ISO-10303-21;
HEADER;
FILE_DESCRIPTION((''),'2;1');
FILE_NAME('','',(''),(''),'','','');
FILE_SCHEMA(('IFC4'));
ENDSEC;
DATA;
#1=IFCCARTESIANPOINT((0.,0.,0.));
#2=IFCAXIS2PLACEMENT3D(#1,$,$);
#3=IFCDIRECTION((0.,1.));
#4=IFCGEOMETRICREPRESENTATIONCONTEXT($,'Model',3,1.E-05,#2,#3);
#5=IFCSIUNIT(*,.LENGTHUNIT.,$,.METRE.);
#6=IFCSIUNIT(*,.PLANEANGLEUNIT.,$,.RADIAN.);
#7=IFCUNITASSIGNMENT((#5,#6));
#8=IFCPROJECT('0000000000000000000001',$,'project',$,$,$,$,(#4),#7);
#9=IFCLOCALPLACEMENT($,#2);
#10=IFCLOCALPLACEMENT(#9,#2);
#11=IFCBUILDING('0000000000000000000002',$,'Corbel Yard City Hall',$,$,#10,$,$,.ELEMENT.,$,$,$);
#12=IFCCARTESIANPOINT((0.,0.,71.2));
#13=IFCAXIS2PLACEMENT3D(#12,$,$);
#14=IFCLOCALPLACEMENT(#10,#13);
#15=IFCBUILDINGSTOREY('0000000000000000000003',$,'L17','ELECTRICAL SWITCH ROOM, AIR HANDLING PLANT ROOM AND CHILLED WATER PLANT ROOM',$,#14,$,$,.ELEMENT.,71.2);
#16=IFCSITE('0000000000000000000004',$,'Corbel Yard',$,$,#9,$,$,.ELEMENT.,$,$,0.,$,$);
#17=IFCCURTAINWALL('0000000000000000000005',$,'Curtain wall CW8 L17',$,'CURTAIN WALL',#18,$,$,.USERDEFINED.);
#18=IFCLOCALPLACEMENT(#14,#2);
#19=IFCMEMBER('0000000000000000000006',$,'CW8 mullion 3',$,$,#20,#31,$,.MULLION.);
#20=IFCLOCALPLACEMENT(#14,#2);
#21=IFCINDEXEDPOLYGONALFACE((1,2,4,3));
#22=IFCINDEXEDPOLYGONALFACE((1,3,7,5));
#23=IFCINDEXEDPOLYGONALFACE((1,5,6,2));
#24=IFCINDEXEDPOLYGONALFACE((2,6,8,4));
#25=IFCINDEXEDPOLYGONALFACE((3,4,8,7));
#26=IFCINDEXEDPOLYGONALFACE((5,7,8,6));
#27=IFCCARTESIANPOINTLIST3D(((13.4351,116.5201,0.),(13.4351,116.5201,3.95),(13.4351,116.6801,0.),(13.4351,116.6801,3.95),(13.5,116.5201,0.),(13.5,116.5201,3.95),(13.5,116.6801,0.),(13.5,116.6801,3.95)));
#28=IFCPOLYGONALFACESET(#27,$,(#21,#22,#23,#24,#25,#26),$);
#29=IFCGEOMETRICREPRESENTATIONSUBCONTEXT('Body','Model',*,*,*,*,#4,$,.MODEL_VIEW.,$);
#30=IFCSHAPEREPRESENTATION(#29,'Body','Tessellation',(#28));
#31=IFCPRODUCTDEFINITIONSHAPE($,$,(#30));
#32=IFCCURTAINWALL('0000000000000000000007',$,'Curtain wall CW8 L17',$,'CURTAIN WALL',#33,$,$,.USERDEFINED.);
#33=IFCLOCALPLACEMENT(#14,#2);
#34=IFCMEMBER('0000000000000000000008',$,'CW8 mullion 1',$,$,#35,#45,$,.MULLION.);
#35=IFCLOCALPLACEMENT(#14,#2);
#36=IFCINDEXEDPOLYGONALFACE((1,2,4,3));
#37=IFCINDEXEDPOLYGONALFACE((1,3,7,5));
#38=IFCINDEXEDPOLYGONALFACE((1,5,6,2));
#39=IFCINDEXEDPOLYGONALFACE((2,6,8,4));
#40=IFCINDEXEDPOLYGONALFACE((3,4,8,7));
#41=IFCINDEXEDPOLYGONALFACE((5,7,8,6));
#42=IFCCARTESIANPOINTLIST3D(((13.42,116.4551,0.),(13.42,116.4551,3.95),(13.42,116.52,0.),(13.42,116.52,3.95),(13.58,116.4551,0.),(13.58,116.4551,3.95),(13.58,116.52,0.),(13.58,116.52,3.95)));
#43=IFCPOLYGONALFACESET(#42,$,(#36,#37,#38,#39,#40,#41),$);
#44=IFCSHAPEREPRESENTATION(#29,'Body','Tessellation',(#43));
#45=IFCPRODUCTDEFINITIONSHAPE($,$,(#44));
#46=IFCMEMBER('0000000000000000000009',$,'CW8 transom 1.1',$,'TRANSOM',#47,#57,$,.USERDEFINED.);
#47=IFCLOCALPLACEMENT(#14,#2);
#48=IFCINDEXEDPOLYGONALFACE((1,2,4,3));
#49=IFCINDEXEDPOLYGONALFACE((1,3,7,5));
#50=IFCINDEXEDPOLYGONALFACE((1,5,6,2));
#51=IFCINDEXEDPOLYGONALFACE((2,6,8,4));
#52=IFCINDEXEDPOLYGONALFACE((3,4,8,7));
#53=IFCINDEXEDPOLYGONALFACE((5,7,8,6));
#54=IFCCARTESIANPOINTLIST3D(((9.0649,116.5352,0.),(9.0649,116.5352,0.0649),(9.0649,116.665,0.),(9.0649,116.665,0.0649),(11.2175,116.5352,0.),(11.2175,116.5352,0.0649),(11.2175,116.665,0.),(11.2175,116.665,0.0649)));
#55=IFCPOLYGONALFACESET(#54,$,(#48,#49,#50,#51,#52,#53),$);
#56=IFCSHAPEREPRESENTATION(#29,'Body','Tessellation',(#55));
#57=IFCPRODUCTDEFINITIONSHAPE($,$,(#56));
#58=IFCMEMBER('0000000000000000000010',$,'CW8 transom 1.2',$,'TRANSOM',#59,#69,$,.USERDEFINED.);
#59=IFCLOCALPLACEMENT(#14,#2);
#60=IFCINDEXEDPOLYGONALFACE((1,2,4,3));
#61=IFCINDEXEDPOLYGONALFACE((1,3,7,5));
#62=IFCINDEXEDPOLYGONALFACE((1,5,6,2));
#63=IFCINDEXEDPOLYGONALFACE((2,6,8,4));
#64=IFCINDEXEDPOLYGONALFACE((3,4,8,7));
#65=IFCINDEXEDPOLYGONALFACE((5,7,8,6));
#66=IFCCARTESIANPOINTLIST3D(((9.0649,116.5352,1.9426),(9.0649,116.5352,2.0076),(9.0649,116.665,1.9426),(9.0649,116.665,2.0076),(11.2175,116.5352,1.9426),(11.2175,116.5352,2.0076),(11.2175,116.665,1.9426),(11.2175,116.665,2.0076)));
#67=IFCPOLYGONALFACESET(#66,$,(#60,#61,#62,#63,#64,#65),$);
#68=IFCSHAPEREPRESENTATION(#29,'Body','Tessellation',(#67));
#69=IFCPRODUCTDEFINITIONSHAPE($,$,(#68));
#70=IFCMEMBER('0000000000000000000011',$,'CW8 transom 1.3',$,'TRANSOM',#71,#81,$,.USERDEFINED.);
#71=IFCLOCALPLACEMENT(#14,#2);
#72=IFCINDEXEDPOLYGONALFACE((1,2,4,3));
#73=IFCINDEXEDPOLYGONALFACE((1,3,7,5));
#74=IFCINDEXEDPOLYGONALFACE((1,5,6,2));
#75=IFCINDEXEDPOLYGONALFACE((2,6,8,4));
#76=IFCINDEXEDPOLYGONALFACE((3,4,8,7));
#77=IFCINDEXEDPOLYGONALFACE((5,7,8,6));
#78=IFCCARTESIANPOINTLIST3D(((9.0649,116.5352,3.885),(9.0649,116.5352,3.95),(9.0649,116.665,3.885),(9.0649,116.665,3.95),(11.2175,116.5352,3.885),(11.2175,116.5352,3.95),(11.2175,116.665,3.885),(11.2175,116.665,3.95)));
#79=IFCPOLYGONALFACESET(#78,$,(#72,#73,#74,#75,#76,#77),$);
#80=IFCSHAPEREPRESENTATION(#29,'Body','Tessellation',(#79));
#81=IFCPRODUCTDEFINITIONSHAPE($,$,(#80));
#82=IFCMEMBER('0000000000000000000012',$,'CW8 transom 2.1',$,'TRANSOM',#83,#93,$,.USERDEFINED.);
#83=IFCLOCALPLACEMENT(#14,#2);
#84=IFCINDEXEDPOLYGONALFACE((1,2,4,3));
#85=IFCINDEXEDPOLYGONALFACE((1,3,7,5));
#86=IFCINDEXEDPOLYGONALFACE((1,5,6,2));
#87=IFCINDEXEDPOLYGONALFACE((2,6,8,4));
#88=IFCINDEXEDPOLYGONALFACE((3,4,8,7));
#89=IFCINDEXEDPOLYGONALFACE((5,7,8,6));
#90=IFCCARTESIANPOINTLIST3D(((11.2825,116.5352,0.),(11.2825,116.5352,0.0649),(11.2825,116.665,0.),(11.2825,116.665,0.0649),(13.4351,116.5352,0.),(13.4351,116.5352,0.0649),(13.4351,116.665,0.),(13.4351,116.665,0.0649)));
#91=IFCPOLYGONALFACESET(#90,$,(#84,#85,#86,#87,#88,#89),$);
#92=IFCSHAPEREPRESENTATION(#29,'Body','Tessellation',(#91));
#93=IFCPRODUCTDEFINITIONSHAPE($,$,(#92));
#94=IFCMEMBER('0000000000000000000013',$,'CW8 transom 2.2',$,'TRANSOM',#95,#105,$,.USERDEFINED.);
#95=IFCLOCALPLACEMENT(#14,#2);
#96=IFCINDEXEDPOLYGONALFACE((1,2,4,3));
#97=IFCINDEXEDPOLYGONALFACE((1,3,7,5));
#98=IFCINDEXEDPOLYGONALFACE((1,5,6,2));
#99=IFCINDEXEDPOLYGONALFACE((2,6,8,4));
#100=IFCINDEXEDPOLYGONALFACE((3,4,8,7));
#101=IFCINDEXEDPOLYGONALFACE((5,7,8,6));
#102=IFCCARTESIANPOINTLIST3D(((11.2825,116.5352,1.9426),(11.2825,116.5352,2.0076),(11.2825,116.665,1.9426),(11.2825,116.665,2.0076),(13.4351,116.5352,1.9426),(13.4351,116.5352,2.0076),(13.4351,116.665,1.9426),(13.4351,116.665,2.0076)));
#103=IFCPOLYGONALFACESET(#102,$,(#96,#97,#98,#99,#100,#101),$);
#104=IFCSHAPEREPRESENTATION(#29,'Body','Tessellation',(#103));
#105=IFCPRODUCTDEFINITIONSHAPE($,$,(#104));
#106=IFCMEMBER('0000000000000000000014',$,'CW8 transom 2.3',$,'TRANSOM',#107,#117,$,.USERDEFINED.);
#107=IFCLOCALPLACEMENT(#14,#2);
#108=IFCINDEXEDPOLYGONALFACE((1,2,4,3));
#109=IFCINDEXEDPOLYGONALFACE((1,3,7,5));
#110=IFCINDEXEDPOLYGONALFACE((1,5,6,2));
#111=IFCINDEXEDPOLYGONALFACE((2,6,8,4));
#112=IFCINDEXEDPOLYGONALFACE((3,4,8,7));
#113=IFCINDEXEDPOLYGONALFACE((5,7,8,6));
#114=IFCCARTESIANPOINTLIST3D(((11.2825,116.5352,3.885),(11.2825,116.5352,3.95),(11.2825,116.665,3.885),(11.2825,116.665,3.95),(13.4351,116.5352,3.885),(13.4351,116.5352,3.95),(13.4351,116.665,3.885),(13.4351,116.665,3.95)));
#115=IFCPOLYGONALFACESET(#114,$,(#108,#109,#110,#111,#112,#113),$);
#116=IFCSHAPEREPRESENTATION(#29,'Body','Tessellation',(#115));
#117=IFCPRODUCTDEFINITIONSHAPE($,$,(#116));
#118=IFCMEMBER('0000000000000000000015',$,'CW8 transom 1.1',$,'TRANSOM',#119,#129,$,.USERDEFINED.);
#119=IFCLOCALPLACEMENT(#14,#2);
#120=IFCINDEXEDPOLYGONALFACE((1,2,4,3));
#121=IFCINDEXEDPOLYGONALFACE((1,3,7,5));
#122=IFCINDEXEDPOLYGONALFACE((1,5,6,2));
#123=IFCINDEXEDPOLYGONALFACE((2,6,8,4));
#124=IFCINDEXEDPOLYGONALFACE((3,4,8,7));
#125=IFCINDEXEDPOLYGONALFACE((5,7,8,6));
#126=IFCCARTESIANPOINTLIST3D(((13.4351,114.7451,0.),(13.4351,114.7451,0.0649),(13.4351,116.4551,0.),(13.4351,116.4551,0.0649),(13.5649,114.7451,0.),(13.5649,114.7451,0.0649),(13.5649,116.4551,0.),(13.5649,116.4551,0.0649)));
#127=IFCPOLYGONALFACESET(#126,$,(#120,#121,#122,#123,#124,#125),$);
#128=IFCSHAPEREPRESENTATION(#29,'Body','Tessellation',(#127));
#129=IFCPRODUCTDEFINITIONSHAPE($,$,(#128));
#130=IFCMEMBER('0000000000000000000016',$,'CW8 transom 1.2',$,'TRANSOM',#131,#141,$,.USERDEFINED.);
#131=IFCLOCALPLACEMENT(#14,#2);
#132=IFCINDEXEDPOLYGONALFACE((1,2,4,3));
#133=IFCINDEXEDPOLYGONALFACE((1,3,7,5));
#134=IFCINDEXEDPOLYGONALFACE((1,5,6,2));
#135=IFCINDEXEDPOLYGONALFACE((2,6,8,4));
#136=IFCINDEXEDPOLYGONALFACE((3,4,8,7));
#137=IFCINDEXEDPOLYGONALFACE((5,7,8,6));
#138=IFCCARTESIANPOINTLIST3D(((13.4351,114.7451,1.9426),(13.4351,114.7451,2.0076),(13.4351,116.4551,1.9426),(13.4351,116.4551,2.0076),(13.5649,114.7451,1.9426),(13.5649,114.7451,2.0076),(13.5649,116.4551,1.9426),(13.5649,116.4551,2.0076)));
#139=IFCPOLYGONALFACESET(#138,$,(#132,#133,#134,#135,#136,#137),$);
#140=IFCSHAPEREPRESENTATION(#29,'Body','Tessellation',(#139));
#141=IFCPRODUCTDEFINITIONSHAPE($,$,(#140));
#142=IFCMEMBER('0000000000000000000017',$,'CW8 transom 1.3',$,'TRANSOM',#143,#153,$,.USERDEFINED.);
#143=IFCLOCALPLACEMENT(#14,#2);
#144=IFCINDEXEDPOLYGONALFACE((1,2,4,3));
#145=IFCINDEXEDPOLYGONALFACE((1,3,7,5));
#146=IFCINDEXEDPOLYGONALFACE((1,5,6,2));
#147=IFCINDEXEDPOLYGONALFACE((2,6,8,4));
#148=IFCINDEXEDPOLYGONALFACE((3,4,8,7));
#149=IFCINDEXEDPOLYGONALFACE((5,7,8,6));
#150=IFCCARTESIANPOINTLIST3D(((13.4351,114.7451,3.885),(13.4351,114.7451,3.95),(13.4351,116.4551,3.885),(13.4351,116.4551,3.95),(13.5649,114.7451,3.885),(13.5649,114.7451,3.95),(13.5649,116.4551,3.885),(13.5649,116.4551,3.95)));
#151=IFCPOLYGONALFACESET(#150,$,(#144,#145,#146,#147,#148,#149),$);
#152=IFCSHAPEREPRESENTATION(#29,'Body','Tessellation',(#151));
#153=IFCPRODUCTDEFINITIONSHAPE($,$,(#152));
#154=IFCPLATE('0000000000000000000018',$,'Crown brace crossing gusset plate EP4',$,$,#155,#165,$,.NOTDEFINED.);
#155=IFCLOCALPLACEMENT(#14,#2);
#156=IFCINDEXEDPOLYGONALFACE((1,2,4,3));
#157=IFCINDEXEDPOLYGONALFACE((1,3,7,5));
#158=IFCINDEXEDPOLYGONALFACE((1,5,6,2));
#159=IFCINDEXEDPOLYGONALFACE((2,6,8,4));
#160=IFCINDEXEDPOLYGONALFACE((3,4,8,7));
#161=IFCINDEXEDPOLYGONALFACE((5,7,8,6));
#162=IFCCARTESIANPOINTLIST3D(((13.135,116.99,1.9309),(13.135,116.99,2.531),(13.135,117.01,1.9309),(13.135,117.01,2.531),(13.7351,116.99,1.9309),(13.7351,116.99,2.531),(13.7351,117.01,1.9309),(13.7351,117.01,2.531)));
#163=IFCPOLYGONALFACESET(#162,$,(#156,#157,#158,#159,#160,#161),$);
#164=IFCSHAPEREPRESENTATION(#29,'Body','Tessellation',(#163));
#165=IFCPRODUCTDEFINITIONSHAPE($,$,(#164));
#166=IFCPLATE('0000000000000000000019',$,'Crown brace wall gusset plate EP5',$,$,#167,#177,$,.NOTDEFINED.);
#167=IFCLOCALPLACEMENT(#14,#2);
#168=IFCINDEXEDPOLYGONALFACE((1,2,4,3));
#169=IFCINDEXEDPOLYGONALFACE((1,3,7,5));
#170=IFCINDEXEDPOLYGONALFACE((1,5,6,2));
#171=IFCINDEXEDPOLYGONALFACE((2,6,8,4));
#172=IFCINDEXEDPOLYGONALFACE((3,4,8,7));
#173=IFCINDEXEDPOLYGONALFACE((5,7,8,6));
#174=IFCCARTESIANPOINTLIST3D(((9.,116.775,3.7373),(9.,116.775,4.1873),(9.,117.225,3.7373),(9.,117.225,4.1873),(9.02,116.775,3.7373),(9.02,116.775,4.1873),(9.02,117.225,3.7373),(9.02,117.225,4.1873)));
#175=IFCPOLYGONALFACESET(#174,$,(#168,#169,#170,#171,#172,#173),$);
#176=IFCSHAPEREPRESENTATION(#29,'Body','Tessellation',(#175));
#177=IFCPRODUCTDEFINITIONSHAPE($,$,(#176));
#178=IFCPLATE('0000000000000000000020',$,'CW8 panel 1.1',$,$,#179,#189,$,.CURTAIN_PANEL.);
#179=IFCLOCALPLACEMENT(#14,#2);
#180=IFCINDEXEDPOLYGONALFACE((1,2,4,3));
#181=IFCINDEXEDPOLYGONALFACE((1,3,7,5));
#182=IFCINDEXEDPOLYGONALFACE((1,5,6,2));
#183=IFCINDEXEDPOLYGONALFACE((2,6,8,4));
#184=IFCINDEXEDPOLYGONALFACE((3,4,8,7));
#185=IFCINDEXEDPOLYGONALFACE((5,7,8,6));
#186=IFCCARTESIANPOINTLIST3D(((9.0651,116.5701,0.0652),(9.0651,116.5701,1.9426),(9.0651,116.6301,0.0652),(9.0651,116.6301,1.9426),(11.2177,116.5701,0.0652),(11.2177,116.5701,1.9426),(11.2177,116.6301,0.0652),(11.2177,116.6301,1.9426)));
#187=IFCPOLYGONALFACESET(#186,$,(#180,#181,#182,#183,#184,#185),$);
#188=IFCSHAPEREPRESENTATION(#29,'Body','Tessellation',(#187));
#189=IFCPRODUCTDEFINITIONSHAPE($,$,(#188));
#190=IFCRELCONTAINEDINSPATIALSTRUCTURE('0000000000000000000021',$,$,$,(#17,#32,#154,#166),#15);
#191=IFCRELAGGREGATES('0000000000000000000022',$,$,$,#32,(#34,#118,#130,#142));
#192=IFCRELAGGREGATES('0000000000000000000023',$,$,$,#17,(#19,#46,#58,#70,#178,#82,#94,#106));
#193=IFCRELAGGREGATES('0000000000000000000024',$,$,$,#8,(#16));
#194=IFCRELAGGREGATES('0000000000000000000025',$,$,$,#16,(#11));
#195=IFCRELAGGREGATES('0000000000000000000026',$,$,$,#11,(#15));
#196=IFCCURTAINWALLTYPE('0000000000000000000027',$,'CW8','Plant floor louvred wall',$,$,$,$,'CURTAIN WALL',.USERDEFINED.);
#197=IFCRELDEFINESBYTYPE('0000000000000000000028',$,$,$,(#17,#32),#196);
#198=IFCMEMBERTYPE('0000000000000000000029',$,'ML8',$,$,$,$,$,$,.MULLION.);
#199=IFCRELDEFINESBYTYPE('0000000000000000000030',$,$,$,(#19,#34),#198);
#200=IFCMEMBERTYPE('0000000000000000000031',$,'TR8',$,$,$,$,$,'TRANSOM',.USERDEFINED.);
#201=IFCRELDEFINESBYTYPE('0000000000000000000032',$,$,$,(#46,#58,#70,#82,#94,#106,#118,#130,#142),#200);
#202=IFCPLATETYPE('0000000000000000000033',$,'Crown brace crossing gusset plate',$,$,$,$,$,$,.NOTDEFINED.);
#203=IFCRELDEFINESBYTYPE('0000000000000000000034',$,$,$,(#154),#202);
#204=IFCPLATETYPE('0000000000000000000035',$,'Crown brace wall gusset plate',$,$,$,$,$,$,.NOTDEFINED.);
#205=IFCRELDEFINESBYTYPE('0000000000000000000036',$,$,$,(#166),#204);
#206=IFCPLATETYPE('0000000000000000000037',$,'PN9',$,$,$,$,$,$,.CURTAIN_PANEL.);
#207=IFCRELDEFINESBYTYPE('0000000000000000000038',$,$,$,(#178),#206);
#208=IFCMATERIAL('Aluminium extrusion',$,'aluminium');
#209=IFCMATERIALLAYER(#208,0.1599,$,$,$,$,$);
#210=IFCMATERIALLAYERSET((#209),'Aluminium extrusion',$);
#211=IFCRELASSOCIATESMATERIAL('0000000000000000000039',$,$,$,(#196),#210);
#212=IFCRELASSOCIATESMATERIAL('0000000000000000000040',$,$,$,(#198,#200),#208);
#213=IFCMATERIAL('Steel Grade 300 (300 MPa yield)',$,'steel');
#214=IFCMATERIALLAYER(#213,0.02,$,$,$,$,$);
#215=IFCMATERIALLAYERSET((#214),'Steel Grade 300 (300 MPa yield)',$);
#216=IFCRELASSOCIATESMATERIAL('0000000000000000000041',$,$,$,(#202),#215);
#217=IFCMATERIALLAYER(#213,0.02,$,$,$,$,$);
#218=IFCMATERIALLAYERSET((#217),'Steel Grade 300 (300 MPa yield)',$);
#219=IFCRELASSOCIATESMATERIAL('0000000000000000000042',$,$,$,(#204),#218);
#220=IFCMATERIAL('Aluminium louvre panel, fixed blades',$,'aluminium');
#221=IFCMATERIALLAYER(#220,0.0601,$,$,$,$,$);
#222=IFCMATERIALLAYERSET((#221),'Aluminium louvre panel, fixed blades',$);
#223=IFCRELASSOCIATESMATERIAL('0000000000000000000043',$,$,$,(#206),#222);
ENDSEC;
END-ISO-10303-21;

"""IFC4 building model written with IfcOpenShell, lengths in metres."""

from ifc_helpers import new_model, si_unit, direction, frame, origin, origin_2d, place, context, subcontext, project, spatial, rectangle, extrude, material, layer, layer_set, material_profile, profile_set, type_object, element, aggregate, save


model = new_model("IFC4")

# Units and contexts
model_context = context("Model", 3, precision=1e-05, world=origin(), true_north=direction((0.0, 1.0)))
body_context = subcontext(model_context, "Body", "Model", "MODEL_VIEW")
ifc_project = project(units=[si_unit("LENGTHUNIT", "METRE"), si_unit("PLANEANGLEUNIT", "RADIAN")], contexts=[model_context])

# Site, building, storey
site_placement = place(None, origin())
site = spatial("IfcSite", under=ifc_project, at=site_placement, Name="Corbel Yard", CompositionType="ELEMENT", RefElevation=0.0)
building_placement = place(site_placement, origin())
building = spatial("IfcBuilding", under=site, at=building_placement, Name="Corbel Yard City Hall", CompositionType="ELEMENT")
storey_placement = place(building_placement, frame((0.0, 0.0, 71.2)))
storey = spatial("IfcBuildingStorey", under=building, at=storey_placement, Name="L17", Description="ELECTRICAL SWITCH ROOM, AIR HANDLING PLANT ROOM AND CHILLED WATER PLANT ROOM", CompositionType="ELEMENT", Elevation=71.2)

# Curtain wall, member
ifc_material_1 = material(Name="Aluminium extrusion", Category="aluminium")
ifc_layer_1 = layer(ifc_material_1, 0.1599)
ifc_layer_set_1 = layer_set([ifc_layer_1], Name="Aluminium extrusion")
curtain_wall_type = type_object("IfcCurtainWallType", Name="CW8", Description="Plant floor louvred wall", ElementType="CURTAIN WALL", PredefinedType="USERDEFINED", material=ifc_layer_set_1)
curtain_wall_1_placement = place(storey_placement, origin())
curtain_wall_1 = element("IfcCurtainWall", 1, at=curtain_wall_1_placement, inside=storey, type_object=curtain_wall_type, Name="Curtain wall CW8 L17", ObjectType="CURTAIN WALL", PredefinedType="USERDEFINED")
ifc_material_profile_1 = material_profile(ifc_material_1, rectangle(XDim=0.1599, YDim=0.0649, at=origin_2d()), Name="160x65")
ifc_profile_set_1 = profile_set([ifc_material_profile_1], Name="Aluminium extrusion")
member_type_1 = type_object("IfcMemberType", Name="ML8", PredefinedType="MULLION", material=ifc_profile_set_1)
member_1_placement = place(storey_placement, frame((13.4675, 116.6001, 0.0), z_axis=(0.0, 0.0, 1.0), x_axis=(0.0, 1.0, 0.0)))
member_1 = element("IfcMember", 2, at=member_1_placement, type_object=member_type_1, Name="CW8 mullion 3", PredefinedType="MULLION", context=body_context, shape_type="SweptSolid", body=[
    extrude(rectangle(XDim=0.1599, YDim=0.0649, at=origin_2d()), origin(), (0.0, 0.0, 1.0), 3.95),
])

# Curtain wall, member
curtain_wall_2_placement = place(storey_placement, origin())
curtain_wall_2 = element("IfcCurtainWall", 3, at=curtain_wall_2_placement, inside=storey, type_object=curtain_wall_type, Name="Curtain wall CW8 L17", ObjectType="CURTAIN WALL", PredefinedType="USERDEFINED")
member_2_placement = place(storey_placement, frame((13.5, 116.4875, 0.0), z_axis=(0.0, 0.0, 1.0), x_axis=(1.0, 0.0, 0.0)))
member_2 = element("IfcMember", 4, at=member_2_placement, type_object=member_type_1, Name="CW8 mullion 1", PredefinedType="MULLION", context=body_context, shape_type="SweptSolid", body=[
    extrude(rectangle(XDim=0.1599, YDim=0.0649, at=origin_2d()), origin(), (0.0, 0.0, 1.0), 3.95),
])

# Members
ifc_material_profile_2 = material_profile(ifc_material_1, rectangle(XDim=0.1299, YDim=0.0649, at=origin_2d()), Name="130x65")
ifc_profile_set_2 = profile_set([ifc_material_profile_2], Name="Aluminium extrusion")
member_type_2 = type_object("IfcMemberType", Name="TR8", ElementType="TRANSOM", PredefinedType="USERDEFINED", material=ifc_profile_set_2)
member_3_placement = place(storey_placement, frame((9.0649, 116.6001, 0.0325), z_axis=(1.0, 0.0, 0.0), x_axis=(0.0, 1.0, 0.0)))
member_3 = element("IfcMember", 5, at=member_3_placement, type_object=member_type_2, Name="CW8 transom 1.1", ObjectType="TRANSOM", PredefinedType="USERDEFINED", context=body_context, shape_type="SweptSolid", body=[
    extrude(rectangle(XDim=0.1299, YDim=0.0649, at=origin_2d()), origin(), (0.0, 0.0, 1.0), 2.1526),
])
member_4_placement = place(storey_placement, frame((9.0649, 116.6001, 1.9751), z_axis=(1.0, 0.0, 0.0), x_axis=(0.0, 1.0, 0.0)))
member_4 = element("IfcMember", 6, at=member_4_placement, type_object=member_type_2, Name="CW8 transom 1.2", ObjectType="TRANSOM", PredefinedType="USERDEFINED", context=body_context, shape_type="SweptSolid", body=[
    extrude(rectangle(XDim=0.1299, YDim=0.0649, at=origin_2d()), origin(), (0.0, 0.0, 1.0), 2.1526),
])
member_5_placement = place(storey_placement, frame((9.0649, 116.6001, 3.9175), z_axis=(1.0, 0.0, 0.0), x_axis=(0.0, 1.0, 0.0)))
member_5 = element("IfcMember", 7, at=member_5_placement, type_object=member_type_2, Name="CW8 transom 1.3", ObjectType="TRANSOM", PredefinedType="USERDEFINED", context=body_context, shape_type="SweptSolid", body=[
    extrude(rectangle(XDim=0.1299, YDim=0.0649, at=origin_2d()), origin(), (0.0, 0.0, 1.0), 2.1526),
])
member_6_placement = place(storey_placement, frame((11.2825, 116.6001, 0.0325), z_axis=(1.0, 0.0, 0.0), x_axis=(0.0, 1.0, 0.0)))
member_6 = element("IfcMember", 8, at=member_6_placement, type_object=member_type_2, Name="CW8 transom 2.1", ObjectType="TRANSOM", PredefinedType="USERDEFINED", context=body_context, shape_type="SweptSolid", body=[
    extrude(rectangle(XDim=0.1299, YDim=0.0649, at=origin_2d()), origin(), (0.0, 0.0, 1.0), 2.1526),
])
member_7_placement = place(storey_placement, frame((11.2825, 116.6001, 1.9751), z_axis=(1.0, 0.0, 0.0), x_axis=(0.0, 1.0, 0.0)))
member_7 = element("IfcMember", 9, at=member_7_placement, type_object=member_type_2, Name="CW8 transom 2.2", ObjectType="TRANSOM", PredefinedType="USERDEFINED", context=body_context, shape_type="SweptSolid", body=[
    extrude(rectangle(XDim=0.1299, YDim=0.0649, at=origin_2d()), origin(), (0.0, 0.0, 1.0), 2.1526),
])
member_8_placement = place(storey_placement, frame((11.2825, 116.6001, 3.9175), z_axis=(1.0, 0.0, 0.0), x_axis=(0.0, 1.0, 0.0)))
member_8 = element("IfcMember", 10, at=member_8_placement, type_object=member_type_2, Name="CW8 transom 2.3", ObjectType="TRANSOM", PredefinedType="USERDEFINED", context=body_context, shape_type="SweptSolid", body=[
    extrude(rectangle(XDim=0.1299, YDim=0.0649, at=origin_2d()), origin(), (0.0, 0.0, 1.0), 2.1526),
])
member_9_placement = place(storey_placement, frame((13.5, 116.4551, 0.0325), z_axis=(0.0, -1.0, 0.0), x_axis=(1.0, 0.0, 0.0)))
member_9 = element("IfcMember", 11, at=member_9_placement, type_object=member_type_2, Name="CW8 transom 1.1", ObjectType="TRANSOM", PredefinedType="USERDEFINED", context=body_context, shape_type="SweptSolid", body=[
    extrude(rectangle(XDim=0.1299, YDim=0.0649, at=origin_2d()), origin(), (0.0, 0.0, 1.0), 1.71),
])
member_10_placement = place(storey_placement, frame((13.5, 116.4551, 1.9751), z_axis=(0.0, -1.0, 0.0), x_axis=(1.0, 0.0, 0.0)))
member_10 = element("IfcMember", 12, at=member_10_placement, type_object=member_type_2, Name="CW8 transom 1.2", ObjectType="TRANSOM", PredefinedType="USERDEFINED", context=body_context, shape_type="SweptSolid", body=[
    extrude(rectangle(XDim=0.1299, YDim=0.0649, at=origin_2d()), origin(), (0.0, 0.0, 1.0), 1.71),
])
member_11_placement = place(storey_placement, frame((13.5, 116.4551, 3.9175), z_axis=(0.0, -1.0, 0.0), x_axis=(1.0, 0.0, 0.0)))
member_11 = element("IfcMember", 13, at=member_11_placement, type_object=member_type_2, Name="CW8 transom 1.3", ObjectType="TRANSOM", PredefinedType="USERDEFINED", context=body_context, shape_type="SweptSolid", body=[
    extrude(rectangle(XDim=0.1299, YDim=0.0649, at=origin_2d()), origin(), (0.0, 0.0, 1.0), 1.71),
])
aggregate(curtain_wall_2, [member_2, member_9, member_10, member_11])

# Plates
ifc_material_2 = material(Name="Steel Grade 300 (300 MPa yield)", Category="steel")
ifc_layer_2 = layer(ifc_material_2, 0.02)
ifc_layer_set_2 = layer_set([ifc_layer_2], Name="Steel Grade 300 (300 MPa yield)")
plate_type_1 = type_object("IfcPlateType", Name="Crown brace crossing gusset plate", PredefinedType="NOTDEFINED", material=ifc_layer_set_2)
plate_1_placement = place(storey_placement, frame((13.4351, 117.0, 1.9309), z_axis=(0.0, 0.0, 1.0), x_axis=(1.0, 0.0, 0.0)))
element("IfcPlate", 14, at=plate_1_placement, inside=storey, type_object=plate_type_1, Name="Crown brace crossing gusset plate EP4", PredefinedType="NOTDEFINED", context=body_context, shape_type="SweptSolid", body=[
    extrude(rectangle(XDim=0.6001, YDim=0.02, at=origin_2d()), origin(), (0.0, 0.0, 1.0), 0.6001),
])
ifc_layer_3 = layer(ifc_material_2, 0.02)
ifc_layer_set_3 = layer_set([ifc_layer_3], Name="Steel Grade 300 (300 MPa yield)")
plate_type_2 = type_object("IfcPlateType", Name="Crown brace wall gusset plate", PredefinedType="NOTDEFINED", material=ifc_layer_set_3)
plate_2_placement = place(storey_placement, frame((9.01, 117.0, 3.7373), z_axis=(0.0, 0.0, 1.0), x_axis=(0.0, 1.0, 0.0)))
element("IfcPlate", 15, at=plate_2_placement, inside=storey, type_object=plate_type_2, Name="Crown brace wall gusset plate EP5", PredefinedType="NOTDEFINED", context=body_context, shape_type="SweptSolid", body=[
    extrude(rectangle(XDim=0.45, YDim=0.02, at=origin_2d()), origin(), (0.0, 0.0, 1.0), 0.45),
])

# Plate
ifc_material_3 = material(Name="Aluminium louvre panel, fixed blades", Category="aluminium")
ifc_layer_4 = layer(ifc_material_3, 0.0601)
ifc_layer_set_4 = layer_set([ifc_layer_4], Name="Aluminium louvre panel, fixed blades")
plate_type_3 = type_object("IfcPlateType", Name="PN9", PredefinedType="CURTAIN_PANEL", material=ifc_layer_set_4)
plate_3_placement = place(storey_placement, frame((10.1414, 116.6001, 0.0652), z_axis=(0.0, 0.0, 1.0), x_axis=(1.0, 0.0, 0.0)))
plate_3 = element("IfcPlate", 16, at=plate_3_placement, type_object=plate_type_3, Name="CW8 panel 1.1", PredefinedType="CURTAIN_PANEL", context=body_context, shape_type="SweptSolid", body=[
    extrude(rectangle(XDim=2.1526, YDim=0.0601, at=origin_2d()), origin(), (0.0, 0.0, 1.0), 1.8774),
])
aggregate(curtain_wall_1, [member_1, member_3, member_4, member_5, plate_3, member_6, member_7, member_8])

save(model, "model.ifc")
